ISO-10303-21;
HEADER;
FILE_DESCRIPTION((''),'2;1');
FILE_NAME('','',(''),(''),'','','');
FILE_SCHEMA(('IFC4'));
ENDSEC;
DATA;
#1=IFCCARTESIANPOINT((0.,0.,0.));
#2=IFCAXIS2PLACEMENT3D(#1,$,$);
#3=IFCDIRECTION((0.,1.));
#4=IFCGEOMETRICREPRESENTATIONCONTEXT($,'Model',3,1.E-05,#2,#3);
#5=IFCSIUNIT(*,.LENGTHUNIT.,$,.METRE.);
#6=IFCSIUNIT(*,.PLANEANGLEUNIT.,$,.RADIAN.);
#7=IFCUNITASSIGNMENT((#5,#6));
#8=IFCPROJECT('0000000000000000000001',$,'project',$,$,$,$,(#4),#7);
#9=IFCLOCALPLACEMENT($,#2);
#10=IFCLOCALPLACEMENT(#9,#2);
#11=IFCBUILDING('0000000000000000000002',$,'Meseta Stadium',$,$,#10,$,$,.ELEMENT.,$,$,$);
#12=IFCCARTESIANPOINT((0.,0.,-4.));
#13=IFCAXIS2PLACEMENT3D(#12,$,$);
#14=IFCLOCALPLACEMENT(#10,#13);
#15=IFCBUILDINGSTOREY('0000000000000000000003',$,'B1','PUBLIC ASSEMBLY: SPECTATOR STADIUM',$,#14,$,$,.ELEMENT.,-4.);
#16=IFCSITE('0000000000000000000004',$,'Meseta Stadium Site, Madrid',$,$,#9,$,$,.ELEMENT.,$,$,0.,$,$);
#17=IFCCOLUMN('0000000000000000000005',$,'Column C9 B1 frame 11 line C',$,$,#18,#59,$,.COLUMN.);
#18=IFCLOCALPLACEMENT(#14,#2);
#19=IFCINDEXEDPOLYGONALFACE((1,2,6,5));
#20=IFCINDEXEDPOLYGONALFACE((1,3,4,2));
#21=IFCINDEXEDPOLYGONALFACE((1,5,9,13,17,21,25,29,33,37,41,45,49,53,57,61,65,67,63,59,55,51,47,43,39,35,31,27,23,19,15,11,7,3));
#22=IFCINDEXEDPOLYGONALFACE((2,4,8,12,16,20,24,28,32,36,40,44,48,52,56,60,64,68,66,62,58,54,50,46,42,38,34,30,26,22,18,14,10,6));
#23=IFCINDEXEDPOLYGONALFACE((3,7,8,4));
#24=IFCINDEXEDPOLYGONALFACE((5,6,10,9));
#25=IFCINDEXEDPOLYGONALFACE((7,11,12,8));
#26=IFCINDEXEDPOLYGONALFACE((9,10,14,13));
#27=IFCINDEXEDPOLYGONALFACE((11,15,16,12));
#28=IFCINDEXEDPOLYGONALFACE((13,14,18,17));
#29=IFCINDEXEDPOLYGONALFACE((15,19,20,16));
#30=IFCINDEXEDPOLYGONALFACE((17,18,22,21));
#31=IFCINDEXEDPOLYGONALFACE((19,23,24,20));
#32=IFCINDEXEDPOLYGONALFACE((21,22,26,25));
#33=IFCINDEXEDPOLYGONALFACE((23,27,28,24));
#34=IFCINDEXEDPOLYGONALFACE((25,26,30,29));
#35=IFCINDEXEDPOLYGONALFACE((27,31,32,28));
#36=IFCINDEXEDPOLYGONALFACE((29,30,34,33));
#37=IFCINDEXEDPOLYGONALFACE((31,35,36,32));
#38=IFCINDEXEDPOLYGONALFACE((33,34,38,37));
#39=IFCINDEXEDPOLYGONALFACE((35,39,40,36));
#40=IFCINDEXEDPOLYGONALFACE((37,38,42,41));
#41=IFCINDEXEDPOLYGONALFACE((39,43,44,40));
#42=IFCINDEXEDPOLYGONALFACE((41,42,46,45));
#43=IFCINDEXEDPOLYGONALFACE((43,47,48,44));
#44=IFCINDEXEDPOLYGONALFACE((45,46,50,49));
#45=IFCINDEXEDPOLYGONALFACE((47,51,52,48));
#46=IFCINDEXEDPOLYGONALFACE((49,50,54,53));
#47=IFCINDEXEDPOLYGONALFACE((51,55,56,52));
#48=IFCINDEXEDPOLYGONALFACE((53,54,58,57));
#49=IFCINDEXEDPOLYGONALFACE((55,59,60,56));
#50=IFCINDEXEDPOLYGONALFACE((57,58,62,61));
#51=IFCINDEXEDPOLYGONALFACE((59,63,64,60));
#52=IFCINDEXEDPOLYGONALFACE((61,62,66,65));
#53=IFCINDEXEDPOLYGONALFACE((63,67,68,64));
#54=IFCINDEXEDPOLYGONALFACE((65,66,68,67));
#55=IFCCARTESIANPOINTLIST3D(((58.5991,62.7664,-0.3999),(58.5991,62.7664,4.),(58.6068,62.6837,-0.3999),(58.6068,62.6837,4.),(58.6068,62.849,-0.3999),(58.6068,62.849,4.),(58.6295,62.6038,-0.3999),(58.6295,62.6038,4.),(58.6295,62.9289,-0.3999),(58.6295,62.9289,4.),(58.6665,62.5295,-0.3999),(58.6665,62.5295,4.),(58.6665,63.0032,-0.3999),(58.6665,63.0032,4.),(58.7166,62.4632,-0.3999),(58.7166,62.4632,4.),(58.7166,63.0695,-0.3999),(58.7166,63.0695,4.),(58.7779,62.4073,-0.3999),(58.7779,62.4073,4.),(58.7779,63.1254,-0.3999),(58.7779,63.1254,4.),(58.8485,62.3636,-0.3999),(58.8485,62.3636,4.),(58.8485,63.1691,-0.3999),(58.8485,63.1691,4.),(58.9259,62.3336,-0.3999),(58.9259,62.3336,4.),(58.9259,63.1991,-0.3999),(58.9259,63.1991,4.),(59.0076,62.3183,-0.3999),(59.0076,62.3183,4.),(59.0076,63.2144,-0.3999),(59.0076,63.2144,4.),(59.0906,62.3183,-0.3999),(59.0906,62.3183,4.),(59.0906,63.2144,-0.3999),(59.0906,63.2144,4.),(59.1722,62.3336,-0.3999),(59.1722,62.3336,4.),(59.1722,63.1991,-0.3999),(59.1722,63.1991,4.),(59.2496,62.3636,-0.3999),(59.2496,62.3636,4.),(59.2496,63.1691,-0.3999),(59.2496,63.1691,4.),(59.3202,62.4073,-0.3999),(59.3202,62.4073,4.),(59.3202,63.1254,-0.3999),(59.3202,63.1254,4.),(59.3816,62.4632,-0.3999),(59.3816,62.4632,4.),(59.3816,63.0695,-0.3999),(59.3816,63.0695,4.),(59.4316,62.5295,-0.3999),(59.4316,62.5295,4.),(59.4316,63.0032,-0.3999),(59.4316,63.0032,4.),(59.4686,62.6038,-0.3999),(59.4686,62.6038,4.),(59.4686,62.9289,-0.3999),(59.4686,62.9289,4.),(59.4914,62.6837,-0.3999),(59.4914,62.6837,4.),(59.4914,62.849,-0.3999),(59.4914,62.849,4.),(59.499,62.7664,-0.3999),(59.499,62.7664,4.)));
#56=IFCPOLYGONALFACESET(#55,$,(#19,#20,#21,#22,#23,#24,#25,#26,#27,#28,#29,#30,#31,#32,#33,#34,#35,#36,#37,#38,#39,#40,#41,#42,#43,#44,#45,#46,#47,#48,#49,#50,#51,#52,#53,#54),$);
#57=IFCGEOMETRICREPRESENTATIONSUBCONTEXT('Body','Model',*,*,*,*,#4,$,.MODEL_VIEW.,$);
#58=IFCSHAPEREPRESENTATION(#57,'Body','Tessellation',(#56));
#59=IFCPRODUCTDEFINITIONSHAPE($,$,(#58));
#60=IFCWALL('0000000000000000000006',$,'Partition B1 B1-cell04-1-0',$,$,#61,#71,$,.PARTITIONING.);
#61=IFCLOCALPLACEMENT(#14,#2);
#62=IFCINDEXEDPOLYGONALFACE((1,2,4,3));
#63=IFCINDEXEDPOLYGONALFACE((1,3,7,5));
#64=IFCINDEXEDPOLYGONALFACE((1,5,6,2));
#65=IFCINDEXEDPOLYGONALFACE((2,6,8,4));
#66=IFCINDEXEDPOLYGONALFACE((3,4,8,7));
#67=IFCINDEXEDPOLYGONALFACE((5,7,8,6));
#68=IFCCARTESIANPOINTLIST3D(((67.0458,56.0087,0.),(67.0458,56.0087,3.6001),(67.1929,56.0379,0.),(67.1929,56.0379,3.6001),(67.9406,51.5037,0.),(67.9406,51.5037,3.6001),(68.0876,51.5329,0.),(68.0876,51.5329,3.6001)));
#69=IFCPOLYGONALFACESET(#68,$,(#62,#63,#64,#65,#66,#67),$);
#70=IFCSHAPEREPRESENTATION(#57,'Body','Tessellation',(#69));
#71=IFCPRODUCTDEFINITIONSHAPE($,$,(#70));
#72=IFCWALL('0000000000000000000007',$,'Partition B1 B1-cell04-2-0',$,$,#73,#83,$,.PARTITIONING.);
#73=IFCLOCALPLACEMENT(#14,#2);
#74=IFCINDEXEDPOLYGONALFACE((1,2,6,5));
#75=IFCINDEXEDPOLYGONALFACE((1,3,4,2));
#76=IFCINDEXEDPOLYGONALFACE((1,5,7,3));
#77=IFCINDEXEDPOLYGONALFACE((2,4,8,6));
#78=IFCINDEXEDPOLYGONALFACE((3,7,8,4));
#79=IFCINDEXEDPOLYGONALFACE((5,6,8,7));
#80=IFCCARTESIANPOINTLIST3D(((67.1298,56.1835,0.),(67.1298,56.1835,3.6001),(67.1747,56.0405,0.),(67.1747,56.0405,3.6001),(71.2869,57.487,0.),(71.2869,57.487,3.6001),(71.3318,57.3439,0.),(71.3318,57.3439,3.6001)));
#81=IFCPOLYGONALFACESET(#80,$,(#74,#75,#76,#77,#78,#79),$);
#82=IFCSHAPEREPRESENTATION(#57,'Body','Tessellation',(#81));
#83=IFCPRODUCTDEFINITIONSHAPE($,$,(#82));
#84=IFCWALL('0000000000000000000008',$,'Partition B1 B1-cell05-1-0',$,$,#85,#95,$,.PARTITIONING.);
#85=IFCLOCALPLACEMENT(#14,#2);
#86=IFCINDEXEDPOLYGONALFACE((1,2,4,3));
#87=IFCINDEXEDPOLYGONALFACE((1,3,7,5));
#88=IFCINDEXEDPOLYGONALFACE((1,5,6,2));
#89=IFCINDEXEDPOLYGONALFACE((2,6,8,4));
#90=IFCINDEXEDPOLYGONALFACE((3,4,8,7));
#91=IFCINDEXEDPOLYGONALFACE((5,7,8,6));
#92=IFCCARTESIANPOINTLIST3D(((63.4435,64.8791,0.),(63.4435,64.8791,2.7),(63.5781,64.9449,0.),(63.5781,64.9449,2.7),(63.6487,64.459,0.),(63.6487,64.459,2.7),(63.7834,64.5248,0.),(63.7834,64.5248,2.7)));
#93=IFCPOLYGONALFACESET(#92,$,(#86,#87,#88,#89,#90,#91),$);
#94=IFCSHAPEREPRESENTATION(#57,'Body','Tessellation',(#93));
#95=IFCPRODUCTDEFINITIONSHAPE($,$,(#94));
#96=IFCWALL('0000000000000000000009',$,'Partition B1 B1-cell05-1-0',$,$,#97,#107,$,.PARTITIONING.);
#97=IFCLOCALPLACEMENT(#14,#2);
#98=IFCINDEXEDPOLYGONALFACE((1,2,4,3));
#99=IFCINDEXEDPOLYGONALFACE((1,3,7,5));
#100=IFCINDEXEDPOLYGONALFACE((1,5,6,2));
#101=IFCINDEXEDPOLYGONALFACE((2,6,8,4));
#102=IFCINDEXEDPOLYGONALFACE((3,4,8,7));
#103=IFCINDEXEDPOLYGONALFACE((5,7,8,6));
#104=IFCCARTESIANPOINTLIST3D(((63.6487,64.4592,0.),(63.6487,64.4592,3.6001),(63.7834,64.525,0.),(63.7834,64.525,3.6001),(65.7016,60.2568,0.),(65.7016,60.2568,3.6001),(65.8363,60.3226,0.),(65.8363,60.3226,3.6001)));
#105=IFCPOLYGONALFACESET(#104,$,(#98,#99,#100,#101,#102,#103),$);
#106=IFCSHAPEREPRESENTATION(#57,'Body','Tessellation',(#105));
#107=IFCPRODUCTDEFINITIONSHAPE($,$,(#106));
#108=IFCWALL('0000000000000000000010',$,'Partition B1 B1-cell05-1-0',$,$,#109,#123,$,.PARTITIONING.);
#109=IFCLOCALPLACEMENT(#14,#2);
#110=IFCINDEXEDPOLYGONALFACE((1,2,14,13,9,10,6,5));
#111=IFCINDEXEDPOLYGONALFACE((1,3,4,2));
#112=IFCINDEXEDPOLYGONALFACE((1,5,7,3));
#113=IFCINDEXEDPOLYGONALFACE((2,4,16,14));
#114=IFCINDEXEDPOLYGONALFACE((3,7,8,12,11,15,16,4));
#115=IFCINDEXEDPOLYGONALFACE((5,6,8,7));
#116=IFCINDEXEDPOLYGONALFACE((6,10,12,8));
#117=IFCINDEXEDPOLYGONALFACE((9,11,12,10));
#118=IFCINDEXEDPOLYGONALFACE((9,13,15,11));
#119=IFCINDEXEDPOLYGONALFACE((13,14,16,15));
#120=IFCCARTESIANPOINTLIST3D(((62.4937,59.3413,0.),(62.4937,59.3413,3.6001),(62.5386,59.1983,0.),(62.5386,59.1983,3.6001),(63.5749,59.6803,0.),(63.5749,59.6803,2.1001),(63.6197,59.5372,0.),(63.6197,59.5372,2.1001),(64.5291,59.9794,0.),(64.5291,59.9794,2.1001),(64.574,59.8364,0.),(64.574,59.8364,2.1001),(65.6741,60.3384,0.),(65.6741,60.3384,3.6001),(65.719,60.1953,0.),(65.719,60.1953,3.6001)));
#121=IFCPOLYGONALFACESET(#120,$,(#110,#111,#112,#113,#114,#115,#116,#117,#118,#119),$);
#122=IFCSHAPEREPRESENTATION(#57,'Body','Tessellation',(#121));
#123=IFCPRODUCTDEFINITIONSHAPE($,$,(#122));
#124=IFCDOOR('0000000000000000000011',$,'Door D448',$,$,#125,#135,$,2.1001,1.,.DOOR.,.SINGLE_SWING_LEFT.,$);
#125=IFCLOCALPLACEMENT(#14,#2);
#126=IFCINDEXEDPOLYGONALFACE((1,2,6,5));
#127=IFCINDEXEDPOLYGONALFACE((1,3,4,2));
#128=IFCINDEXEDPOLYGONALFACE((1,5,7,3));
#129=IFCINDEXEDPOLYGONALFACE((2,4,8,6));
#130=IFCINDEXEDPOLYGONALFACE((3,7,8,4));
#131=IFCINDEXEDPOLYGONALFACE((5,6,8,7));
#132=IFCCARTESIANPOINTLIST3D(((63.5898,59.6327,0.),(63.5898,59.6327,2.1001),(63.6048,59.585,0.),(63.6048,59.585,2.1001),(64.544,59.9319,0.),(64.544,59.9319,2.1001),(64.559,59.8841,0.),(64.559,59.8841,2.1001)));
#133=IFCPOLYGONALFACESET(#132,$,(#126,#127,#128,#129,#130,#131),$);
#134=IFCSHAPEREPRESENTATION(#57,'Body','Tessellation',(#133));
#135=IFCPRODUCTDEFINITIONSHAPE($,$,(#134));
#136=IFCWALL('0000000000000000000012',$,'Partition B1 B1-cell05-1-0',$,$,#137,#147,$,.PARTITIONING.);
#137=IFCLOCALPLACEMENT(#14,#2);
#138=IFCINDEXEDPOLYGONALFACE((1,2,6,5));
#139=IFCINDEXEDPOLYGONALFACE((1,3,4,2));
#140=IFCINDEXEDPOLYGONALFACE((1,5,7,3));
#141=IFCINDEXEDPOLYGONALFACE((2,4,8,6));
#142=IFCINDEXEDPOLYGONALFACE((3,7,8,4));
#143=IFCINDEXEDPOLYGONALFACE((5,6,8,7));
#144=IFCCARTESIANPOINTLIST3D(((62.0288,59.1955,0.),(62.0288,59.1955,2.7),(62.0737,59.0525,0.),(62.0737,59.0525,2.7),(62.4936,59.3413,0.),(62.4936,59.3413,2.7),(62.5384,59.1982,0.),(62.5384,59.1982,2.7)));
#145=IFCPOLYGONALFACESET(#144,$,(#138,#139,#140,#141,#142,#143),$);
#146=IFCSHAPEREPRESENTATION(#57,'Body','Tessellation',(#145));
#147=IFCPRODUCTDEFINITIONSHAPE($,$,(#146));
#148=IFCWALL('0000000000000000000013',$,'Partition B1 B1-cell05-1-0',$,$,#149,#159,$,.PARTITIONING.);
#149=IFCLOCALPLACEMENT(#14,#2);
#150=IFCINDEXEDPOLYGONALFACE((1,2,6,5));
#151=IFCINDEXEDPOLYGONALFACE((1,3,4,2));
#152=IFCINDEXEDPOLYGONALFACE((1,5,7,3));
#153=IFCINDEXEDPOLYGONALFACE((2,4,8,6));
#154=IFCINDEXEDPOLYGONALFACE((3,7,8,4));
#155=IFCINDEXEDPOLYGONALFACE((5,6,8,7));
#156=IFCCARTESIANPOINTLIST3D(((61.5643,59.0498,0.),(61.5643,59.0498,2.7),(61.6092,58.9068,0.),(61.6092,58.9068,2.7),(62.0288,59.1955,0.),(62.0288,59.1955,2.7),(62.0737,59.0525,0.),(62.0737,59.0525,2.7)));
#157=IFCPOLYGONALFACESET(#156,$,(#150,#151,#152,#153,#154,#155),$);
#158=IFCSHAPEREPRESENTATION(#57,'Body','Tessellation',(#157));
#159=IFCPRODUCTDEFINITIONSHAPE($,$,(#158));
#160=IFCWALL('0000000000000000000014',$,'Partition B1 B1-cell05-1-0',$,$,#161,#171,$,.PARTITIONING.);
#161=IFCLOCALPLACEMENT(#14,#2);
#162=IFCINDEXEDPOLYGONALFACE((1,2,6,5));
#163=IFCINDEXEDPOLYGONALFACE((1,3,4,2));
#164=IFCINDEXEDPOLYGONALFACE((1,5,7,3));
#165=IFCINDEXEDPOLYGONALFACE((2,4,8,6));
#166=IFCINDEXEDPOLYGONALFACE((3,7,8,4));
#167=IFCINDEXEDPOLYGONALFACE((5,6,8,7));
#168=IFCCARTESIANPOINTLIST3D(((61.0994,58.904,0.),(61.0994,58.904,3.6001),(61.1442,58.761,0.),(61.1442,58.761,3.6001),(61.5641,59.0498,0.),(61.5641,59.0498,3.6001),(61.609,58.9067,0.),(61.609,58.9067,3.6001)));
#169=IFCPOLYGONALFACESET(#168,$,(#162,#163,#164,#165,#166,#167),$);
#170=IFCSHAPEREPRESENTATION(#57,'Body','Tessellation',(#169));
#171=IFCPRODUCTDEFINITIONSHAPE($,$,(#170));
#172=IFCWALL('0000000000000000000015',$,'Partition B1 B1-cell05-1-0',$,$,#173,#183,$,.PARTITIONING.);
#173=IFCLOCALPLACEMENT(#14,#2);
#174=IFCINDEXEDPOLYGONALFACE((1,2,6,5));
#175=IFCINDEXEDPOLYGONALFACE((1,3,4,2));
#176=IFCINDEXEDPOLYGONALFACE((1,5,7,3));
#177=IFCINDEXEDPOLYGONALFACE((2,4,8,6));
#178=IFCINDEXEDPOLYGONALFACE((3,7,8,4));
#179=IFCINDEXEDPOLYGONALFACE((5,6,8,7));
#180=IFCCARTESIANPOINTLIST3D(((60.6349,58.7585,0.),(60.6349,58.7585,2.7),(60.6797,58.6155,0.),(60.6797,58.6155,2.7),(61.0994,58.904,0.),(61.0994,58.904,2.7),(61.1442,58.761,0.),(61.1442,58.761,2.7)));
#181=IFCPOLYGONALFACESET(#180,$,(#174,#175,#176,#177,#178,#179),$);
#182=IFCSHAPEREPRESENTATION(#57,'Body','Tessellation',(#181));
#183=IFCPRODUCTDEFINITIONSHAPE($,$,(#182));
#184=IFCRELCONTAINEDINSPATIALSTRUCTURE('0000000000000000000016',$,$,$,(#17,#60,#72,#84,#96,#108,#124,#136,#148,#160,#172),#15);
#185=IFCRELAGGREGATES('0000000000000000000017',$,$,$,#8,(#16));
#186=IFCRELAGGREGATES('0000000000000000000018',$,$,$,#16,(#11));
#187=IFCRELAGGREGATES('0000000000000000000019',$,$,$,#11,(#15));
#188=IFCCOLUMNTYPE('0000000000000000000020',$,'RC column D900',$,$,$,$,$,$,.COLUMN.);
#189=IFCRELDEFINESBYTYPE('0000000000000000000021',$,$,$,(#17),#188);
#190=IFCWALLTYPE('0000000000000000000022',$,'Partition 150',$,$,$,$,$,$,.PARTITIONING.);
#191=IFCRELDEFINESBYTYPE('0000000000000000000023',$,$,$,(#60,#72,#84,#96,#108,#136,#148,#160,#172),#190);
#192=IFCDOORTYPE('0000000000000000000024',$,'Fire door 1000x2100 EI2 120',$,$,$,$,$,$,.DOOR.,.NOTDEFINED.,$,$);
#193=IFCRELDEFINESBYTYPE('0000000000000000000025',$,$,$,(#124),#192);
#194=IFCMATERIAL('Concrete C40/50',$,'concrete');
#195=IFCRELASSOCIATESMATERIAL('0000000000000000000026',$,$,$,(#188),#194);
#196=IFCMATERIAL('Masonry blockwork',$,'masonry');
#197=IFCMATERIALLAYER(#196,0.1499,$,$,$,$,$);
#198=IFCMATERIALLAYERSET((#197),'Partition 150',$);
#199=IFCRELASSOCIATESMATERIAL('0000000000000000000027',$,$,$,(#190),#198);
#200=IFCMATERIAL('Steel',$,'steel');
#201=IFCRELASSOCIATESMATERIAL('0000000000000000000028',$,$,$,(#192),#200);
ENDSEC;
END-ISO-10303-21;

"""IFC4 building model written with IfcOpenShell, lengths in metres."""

from ifc_helpers import new_model, si_unit, direction, frame, frame_2d, origin, origin_2d, place, context, subcontext, project, spatial, rectangle, circle, extrude, material, layer, layer_set, material_profile, profile_set, type_object, element, fill, save


model = new_model("IFC4")

# Units and contexts
model_context = context("Model", 3, precision=1e-05, world=origin(), true_north=direction((0.0, 1.0)))
body_context = subcontext(model_context, "Body", "Model", "MODEL_VIEW")
ifc_project = project(units=[si_unit("LENGTHUNIT", "METRE"), si_unit("PLANEANGLEUNIT", "RADIAN")], contexts=[model_context])

# Site, building, storey
site_placement = place(None, origin())
site = spatial("IfcSite", under=ifc_project, at=site_placement, Name="Meseta Stadium Site, Madrid", CompositionType="ELEMENT", RefElevation=0.0)
building_placement = place(site_placement, origin())
building = spatial("IfcBuilding", under=site, at=building_placement, Name="Meseta Stadium", CompositionType="ELEMENT")
storey_placement = place(building_placement, frame((0.0, 0.0, -4.0)))
storey = spatial("IfcBuildingStorey", under=building, at=storey_placement, Name="B1", Description="PUBLIC ASSEMBLY: SPECTATOR STADIUM", CompositionType="ELEMENT", Elevation=-4.0)

# Column
ifc_material_1 = material(Name="Concrete C40/50", Category="concrete")
ifc_material_profile_1 = material_profile(ifc_material_1, circle(Radius=0.45, at=origin_2d()), Name="RC D900")
ifc_profile_set_1 = profile_set([ifc_material_profile_1], Name="Concrete C40/50")
column_type_1 = type_object("IfcColumnType", Name="RC column D900", PredefinedType="COLUMN", material=ifc_profile_set_1)
for number, where, z_axis, x_axis, name in (
    (1, (59.0491, 62.7664, -0.3999), (0.0, 0.0, 1.0), (1.0, 0.0, 0.0), "Column C9 B1 frame 11 line C"),
):
    element("IfcColumn", number, at=place(storey_placement, frame(where, z_axis=z_axis, x_axis=x_axis)), inside=storey, type_object=column_type_1, Name=name, PredefinedType="COLUMN", context=body_context, shape_type="SweptSolid", body=[
        extrude(circle(Radius=0.45, at=origin_2d()), origin(), (0.0, 0.0, 1.0), 4.3999),
    ])

# Walls
ifc_material_2 = material(Name="Masonry blockwork", Category="masonry")
ifc_layer = layer(ifc_material_2, 0.1499)
ifc_layer_set = layer_set([ifc_layer], Name="Partition 150")
wall_type = type_object("IfcWallType", Name="Partition 150", PredefinedType="PARTITIONING", material=ifc_layer_set)
wall_1_placement = place(storey_placement, frame((67.1194, 56.0232, 0.0), z_axis=(0.0, 0.0, 1.0), x_axis=(0.194808, -0.980841, 0.0)))
element("IfcWall", 2, at=wall_1_placement, inside=storey, type_object=wall_type, Name="Partition B1 B1-cell04-1-0", PredefinedType="PARTITIONING", context=body_context, shape_type="SweptSolid", body=[
    extrude(rectangle(XDim=4.593, YDim=0.1499, at=frame_2d((2.2964, 0.0))), origin(), (0.0, 0.0, 1.0), 3.6001),
])
wall_2_placement = place(storey_placement, frame((67.1523, 56.1121, 0.0), z_axis=(0.0, 0.0, 1.0), x_axis=(0.954196, 0.299181, 0.0)))
element("IfcWall", 3, at=wall_2_placement, inside=storey, type_object=wall_type, Name="Partition B1 B1-cell04-2-0", PredefinedType="PARTITIONING", context=body_context, shape_type="SweptSolid", body=[
    extrude(rectangle(XDim=4.3567, YDim=0.1499, at=frame_2d((2.1782, 0.0))), origin(), (0.0, 0.0, 1.0), 3.6001),
])
wall_3_placement = place(storey_placement, frame((63.5107, 64.9121, 0.0), z_axis=(0.0, 0.0, 1.0), x_axis=(0.439051, -0.898462, 0.0)))
element("IfcWall", 4, at=wall_3_placement, inside=storey, type_object=wall_type, Name="Partition B1 B1-cell05-1-0", PredefinedType="PARTITIONING", context=body_context, shape_type="SweptSolid", body=[
    extrude(rectangle(XDim=0.4675, YDim=0.1499, at=frame_2d((0.2339, 0.0))), origin(), (0.0, 0.0, 1.0), 2.7),
])
wall_4_placement = place(storey_placement, frame((63.7161, 64.4919, 0.0), z_axis=(0.0, 0.0, 1.0), x_axis=(0.438947, -0.898513, 0.0)))
element("IfcWall", 5, at=wall_4_placement, inside=storey, type_object=wall_type, Name="Partition B1 B1-cell05-1-0", PredefinedType="PARTITIONING", context=body_context, shape_type="SweptSolid", body=[
    extrude(rectangle(XDim=4.677, YDim=0.1499, at=frame_2d((2.3384, 0.0))), origin(), (0.0, 0.0, 1.0), 3.6001),
])

# Wall, opening, door
wall_5_placement = place(storey_placement, frame((65.6965, 60.2668, 0.0), z_axis=(0.0, 0.0, 1.0), x_axis=(-0.954207, -0.299147, 0.0)))
wall_5 = element("IfcWall", 6, at=wall_5_placement, inside=storey, type_object=wall_type, Name="Partition B1 B1-cell05-1-0", PredefinedType="PARTITIONING", context=body_context, shape_type="SweptSolid", body=[
    extrude(rectangle(XDim=3.333, YDim=0.1499, at=frame_2d((1.6665, 0.0))), origin(), (0.0, 0.0, 1.0), 3.6001),
])
opening_placement = place(wall_5_placement, frame((1.2, 0.0, 0.0)))
opening = element("IfcOpeningElement", 7, at=opening_placement, cuts=wall_5, PredefinedType="OPENING", context=body_context, shape_type="SweptSolid", body=[
    extrude(rectangle(XDim=1.0, YDim=2.1001, at=frame_2d((0.5, 1.05))), frame((0.0, 0.085, 0.0), z_axis=(0.0, -1.0, 0.0), x_axis=(1.0, 0.0, 0.0)), (0.0, 0.0, 1.0), 0.1699),
])
ifc_material_3 = material(Name="Steel", Category="steel")
door_type = type_object("IfcDoorType", Name="Fire door 1000x2100 EI2 120", OperationType="NOTDEFINED", PredefinedType="DOOR", material=ifc_material_3)
door_placement = place(opening_placement, origin())
door = element("IfcDoor", 8, at=door_placement, inside=storey, type_object=door_type, Name="Door D448", OperationType="SINGLE_SWING_LEFT", OverallHeight=2.1001, OverallWidth=1.0, PredefinedType="DOOR", context=body_context, shape_type="SweptSolid", body=[
    extrude(rectangle(XDim=1.0, YDim=2.1001, at=frame_2d((0.5, 1.05))), frame((0.0, 0.0249, 0.0), z_axis=(0.0, -1.0, 0.0), x_axis=(1.0, 0.0, 0.0)), (0.0, 0.0, 1.0), 0.05),
])
fill(opening, door)

# Walls
wall_6_placement = place(storey_placement, frame((62.5161, 59.2698, 0.0), z_axis=(0.0, 0.0, 1.0), x_axis=(-0.954194, -0.299188, 0.0)))
element("IfcWall", 9, at=wall_6_placement, inside=storey, type_object=wall_type, Name="Partition B1 B1-cell05-1-0", PredefinedType="PARTITIONING", context=body_context, shape_type="SweptSolid", body=[
    extrude(rectangle(XDim=0.4871, YDim=0.1499, at=frame_2d((0.2437, 0.0))), origin(), (0.0, 0.0, 1.0), 2.7),
])
wall_7_placement = place(storey_placement, frame((62.0513, 59.124, 0.0), z_axis=(0.0, 0.0, 1.0), x_axis=(-0.954149, -0.299331, 0.0)))
element("IfcWall", 10, at=wall_7_placement, inside=storey, type_object=wall_type, Name="Partition B1 B1-cell05-1-0", PredefinedType="PARTITIONING", context=body_context, shape_type="SweptSolid", body=[
    extrude(rectangle(XDim=0.4868, YDim=0.1499, at=frame_2d((0.2434, 0.0))), origin(), (0.0, 0.0, 1.0), 2.7),
])
wall_8_placement = place(storey_placement, frame((61.5867, 58.9783, 0.0), z_axis=(0.0, 0.0, 1.0), x_axis=(-0.954194, -0.299188, 0.0)))
element("IfcWall", 11, at=wall_8_placement, inside=storey, type_object=wall_type, Name="Partition B1 B1-cell05-1-0", PredefinedType="PARTITIONING", context=body_context, shape_type="SweptSolid", body=[
    extrude(rectangle(XDim=0.4871, YDim=0.1499, at=frame_2d((0.2437, 0.0))), origin(), (0.0, 0.0, 1.0), 3.6001),
])
wall_9_placement = place(storey_placement, frame((61.1218, 58.8325, 0.0), z_axis=(0.0, 0.0, 1.0), x_axis=(-0.954292, -0.298875, 0.0)))
element("IfcWall", 12, at=wall_9_placement, inside=storey, type_object=wall_type, Name="Partition B1 B1-cell05-1-0", PredefinedType="PARTITIONING", context=body_context, shape_type="SweptSolid", body=[
    extrude(rectangle(XDim=0.4868, YDim=0.1499, at=frame_2d((0.2434, 0.0))), origin(), (0.0, 0.0, 1.0), 2.7),
])

save(model, "model.ifc")
